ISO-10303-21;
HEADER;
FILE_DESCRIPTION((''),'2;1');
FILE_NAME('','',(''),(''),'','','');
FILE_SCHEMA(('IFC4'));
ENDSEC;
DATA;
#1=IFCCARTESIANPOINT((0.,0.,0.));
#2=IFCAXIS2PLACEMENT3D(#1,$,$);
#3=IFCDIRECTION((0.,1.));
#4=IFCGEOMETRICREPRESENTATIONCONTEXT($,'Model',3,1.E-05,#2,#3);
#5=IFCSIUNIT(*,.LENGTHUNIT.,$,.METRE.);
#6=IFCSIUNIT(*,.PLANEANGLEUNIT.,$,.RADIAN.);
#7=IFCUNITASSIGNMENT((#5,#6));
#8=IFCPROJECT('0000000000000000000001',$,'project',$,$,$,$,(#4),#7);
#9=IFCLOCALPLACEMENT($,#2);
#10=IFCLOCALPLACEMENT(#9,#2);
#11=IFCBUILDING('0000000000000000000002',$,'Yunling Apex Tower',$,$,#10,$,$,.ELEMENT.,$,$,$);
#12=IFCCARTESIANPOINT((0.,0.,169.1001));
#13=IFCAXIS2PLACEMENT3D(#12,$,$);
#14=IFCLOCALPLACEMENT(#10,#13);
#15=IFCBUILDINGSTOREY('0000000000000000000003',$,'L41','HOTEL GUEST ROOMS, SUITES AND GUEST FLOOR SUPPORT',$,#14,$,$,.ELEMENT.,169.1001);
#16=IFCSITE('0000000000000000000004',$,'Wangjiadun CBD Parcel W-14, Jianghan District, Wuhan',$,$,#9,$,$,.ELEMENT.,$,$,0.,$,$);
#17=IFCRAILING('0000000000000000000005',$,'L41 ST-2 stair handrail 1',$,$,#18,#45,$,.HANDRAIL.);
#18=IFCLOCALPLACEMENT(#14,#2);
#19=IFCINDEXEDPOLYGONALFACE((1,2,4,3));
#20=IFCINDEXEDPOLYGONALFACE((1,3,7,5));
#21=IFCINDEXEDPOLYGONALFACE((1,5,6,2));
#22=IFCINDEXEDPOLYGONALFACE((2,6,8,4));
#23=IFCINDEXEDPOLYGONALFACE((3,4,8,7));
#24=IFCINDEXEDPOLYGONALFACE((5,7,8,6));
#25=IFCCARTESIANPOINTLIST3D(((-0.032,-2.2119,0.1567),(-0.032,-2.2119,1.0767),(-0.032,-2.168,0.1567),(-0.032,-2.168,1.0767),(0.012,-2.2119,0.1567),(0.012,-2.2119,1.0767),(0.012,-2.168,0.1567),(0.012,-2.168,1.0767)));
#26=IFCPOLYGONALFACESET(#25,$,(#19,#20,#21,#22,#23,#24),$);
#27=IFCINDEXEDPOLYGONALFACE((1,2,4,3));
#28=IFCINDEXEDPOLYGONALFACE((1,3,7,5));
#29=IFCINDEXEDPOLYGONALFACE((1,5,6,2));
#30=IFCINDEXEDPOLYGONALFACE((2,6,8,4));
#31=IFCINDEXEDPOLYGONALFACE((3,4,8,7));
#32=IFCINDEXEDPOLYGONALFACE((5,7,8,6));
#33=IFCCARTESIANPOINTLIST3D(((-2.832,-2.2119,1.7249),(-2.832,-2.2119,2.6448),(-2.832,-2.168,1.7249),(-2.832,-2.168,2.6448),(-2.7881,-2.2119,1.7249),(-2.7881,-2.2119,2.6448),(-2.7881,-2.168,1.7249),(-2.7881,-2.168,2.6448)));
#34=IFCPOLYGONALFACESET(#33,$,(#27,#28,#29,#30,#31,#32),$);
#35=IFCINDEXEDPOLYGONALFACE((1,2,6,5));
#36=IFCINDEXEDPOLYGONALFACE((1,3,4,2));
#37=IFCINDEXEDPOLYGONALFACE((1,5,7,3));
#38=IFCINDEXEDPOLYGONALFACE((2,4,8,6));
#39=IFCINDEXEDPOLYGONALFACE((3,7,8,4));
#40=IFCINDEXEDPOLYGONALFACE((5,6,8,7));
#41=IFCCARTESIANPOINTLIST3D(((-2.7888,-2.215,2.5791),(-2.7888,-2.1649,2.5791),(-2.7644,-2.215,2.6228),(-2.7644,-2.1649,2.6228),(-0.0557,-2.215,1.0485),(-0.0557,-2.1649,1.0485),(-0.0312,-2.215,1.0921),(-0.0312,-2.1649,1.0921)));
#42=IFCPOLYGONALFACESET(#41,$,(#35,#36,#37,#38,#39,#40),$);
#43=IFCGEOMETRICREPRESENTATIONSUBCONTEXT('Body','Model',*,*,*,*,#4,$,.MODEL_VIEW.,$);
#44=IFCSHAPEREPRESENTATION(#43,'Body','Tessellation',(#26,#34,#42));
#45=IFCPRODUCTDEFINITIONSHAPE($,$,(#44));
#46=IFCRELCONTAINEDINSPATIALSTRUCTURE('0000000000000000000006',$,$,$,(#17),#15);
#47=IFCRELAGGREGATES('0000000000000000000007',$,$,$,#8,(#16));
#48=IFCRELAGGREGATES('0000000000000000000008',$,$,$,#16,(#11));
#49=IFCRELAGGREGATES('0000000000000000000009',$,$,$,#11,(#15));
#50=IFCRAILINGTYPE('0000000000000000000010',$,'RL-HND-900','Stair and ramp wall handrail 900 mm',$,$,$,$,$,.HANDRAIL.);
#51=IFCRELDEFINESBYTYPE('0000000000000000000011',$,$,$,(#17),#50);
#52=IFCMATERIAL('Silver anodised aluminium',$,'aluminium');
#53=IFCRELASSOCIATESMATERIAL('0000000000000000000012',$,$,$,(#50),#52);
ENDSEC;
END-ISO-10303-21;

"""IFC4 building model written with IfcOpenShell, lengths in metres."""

from ifc_helpers import new_model, si_unit, direction, frame, origin, origin_2d, place, context, subcontext, project, spatial, rectangle, extrude, material, type_object, element, save


model = new_model("IFC4")

# Units and contexts
model_context = context("Model", 3, precision=1e-05, world=origin(), true_north=direction((0.0, 1.0)))
body_context = subcontext(model_context, "Body", "Model", "MODEL_VIEW")
ifc_project = project(units=[si_unit("LENGTHUNIT", "METRE"), si_unit("PLANEANGLEUNIT", "RADIAN")], contexts=[model_context])

# Site, building, storey
site_placement = place(None, origin())
site = spatial("IfcSite", under=ifc_project, at=site_placement, Name="Wangjiadun CBD Parcel W-14, Jianghan District, Wuhan", CompositionType="ELEMENT", RefElevation=0.0)
building_placement = place(site_placement, origin())
building = spatial("IfcBuilding", under=site, at=building_placement, Name="Yunling Apex Tower", CompositionType="ELEMENT")
storey_placement = place(building_placement, frame((0.0, 0.0, 169.1001)))
storey = spatial("IfcBuildingStorey", under=building, at=storey_placement, Name="L41", Description="HOTEL GUEST ROOMS, SUITES AND GUEST FLOOR SUPPORT", CompositionType="ELEMENT", Elevation=169.1001)

# Railing
ifc_material_1 = material(Name="Silver anodised aluminium", Category="aluminium")
railing_type_1 = type_object("IfcRailingType", Name="RL-HND-900", Description="Stair and ramp wall handrail 900 mm", PredefinedType="HANDRAIL", material=ifc_material_1)
railing_1_placement = place(storey_placement, frame((-0.01, -2.1899, 0.1567)))
element("IfcRailing", 1, at=railing_1_placement, inside=storey, type_object=railing_type_1, Name="L41 ST-2 stair handrail 1", PredefinedType="HANDRAIL", context=body_context, shape_type="SweptSolid", body=[
    extrude(rectangle(XDim=0.0439, YDim=0.0439, at=origin_2d()), origin(), (0.0, 0.0, 1.0), 0.9199),
    extrude(rectangle(XDim=0.0439, YDim=0.0439, at=origin_2d()), frame((-2.8, 0.0, 1.5681)), (0.0, 0.0, 1.0), 0.9199),
    extrude(rectangle(XDim=0.05, YDim=0.05, at=origin_2d()), frame((-0.0334, 0.0, 0.9136), z_axis=(-0.872494, 0.0, 0.488624), x_axis=(0.0, -1.0, 0.0)), (0.0, 0.0, 1.0), 3.1326),
])

save(model, "model.ifc")
